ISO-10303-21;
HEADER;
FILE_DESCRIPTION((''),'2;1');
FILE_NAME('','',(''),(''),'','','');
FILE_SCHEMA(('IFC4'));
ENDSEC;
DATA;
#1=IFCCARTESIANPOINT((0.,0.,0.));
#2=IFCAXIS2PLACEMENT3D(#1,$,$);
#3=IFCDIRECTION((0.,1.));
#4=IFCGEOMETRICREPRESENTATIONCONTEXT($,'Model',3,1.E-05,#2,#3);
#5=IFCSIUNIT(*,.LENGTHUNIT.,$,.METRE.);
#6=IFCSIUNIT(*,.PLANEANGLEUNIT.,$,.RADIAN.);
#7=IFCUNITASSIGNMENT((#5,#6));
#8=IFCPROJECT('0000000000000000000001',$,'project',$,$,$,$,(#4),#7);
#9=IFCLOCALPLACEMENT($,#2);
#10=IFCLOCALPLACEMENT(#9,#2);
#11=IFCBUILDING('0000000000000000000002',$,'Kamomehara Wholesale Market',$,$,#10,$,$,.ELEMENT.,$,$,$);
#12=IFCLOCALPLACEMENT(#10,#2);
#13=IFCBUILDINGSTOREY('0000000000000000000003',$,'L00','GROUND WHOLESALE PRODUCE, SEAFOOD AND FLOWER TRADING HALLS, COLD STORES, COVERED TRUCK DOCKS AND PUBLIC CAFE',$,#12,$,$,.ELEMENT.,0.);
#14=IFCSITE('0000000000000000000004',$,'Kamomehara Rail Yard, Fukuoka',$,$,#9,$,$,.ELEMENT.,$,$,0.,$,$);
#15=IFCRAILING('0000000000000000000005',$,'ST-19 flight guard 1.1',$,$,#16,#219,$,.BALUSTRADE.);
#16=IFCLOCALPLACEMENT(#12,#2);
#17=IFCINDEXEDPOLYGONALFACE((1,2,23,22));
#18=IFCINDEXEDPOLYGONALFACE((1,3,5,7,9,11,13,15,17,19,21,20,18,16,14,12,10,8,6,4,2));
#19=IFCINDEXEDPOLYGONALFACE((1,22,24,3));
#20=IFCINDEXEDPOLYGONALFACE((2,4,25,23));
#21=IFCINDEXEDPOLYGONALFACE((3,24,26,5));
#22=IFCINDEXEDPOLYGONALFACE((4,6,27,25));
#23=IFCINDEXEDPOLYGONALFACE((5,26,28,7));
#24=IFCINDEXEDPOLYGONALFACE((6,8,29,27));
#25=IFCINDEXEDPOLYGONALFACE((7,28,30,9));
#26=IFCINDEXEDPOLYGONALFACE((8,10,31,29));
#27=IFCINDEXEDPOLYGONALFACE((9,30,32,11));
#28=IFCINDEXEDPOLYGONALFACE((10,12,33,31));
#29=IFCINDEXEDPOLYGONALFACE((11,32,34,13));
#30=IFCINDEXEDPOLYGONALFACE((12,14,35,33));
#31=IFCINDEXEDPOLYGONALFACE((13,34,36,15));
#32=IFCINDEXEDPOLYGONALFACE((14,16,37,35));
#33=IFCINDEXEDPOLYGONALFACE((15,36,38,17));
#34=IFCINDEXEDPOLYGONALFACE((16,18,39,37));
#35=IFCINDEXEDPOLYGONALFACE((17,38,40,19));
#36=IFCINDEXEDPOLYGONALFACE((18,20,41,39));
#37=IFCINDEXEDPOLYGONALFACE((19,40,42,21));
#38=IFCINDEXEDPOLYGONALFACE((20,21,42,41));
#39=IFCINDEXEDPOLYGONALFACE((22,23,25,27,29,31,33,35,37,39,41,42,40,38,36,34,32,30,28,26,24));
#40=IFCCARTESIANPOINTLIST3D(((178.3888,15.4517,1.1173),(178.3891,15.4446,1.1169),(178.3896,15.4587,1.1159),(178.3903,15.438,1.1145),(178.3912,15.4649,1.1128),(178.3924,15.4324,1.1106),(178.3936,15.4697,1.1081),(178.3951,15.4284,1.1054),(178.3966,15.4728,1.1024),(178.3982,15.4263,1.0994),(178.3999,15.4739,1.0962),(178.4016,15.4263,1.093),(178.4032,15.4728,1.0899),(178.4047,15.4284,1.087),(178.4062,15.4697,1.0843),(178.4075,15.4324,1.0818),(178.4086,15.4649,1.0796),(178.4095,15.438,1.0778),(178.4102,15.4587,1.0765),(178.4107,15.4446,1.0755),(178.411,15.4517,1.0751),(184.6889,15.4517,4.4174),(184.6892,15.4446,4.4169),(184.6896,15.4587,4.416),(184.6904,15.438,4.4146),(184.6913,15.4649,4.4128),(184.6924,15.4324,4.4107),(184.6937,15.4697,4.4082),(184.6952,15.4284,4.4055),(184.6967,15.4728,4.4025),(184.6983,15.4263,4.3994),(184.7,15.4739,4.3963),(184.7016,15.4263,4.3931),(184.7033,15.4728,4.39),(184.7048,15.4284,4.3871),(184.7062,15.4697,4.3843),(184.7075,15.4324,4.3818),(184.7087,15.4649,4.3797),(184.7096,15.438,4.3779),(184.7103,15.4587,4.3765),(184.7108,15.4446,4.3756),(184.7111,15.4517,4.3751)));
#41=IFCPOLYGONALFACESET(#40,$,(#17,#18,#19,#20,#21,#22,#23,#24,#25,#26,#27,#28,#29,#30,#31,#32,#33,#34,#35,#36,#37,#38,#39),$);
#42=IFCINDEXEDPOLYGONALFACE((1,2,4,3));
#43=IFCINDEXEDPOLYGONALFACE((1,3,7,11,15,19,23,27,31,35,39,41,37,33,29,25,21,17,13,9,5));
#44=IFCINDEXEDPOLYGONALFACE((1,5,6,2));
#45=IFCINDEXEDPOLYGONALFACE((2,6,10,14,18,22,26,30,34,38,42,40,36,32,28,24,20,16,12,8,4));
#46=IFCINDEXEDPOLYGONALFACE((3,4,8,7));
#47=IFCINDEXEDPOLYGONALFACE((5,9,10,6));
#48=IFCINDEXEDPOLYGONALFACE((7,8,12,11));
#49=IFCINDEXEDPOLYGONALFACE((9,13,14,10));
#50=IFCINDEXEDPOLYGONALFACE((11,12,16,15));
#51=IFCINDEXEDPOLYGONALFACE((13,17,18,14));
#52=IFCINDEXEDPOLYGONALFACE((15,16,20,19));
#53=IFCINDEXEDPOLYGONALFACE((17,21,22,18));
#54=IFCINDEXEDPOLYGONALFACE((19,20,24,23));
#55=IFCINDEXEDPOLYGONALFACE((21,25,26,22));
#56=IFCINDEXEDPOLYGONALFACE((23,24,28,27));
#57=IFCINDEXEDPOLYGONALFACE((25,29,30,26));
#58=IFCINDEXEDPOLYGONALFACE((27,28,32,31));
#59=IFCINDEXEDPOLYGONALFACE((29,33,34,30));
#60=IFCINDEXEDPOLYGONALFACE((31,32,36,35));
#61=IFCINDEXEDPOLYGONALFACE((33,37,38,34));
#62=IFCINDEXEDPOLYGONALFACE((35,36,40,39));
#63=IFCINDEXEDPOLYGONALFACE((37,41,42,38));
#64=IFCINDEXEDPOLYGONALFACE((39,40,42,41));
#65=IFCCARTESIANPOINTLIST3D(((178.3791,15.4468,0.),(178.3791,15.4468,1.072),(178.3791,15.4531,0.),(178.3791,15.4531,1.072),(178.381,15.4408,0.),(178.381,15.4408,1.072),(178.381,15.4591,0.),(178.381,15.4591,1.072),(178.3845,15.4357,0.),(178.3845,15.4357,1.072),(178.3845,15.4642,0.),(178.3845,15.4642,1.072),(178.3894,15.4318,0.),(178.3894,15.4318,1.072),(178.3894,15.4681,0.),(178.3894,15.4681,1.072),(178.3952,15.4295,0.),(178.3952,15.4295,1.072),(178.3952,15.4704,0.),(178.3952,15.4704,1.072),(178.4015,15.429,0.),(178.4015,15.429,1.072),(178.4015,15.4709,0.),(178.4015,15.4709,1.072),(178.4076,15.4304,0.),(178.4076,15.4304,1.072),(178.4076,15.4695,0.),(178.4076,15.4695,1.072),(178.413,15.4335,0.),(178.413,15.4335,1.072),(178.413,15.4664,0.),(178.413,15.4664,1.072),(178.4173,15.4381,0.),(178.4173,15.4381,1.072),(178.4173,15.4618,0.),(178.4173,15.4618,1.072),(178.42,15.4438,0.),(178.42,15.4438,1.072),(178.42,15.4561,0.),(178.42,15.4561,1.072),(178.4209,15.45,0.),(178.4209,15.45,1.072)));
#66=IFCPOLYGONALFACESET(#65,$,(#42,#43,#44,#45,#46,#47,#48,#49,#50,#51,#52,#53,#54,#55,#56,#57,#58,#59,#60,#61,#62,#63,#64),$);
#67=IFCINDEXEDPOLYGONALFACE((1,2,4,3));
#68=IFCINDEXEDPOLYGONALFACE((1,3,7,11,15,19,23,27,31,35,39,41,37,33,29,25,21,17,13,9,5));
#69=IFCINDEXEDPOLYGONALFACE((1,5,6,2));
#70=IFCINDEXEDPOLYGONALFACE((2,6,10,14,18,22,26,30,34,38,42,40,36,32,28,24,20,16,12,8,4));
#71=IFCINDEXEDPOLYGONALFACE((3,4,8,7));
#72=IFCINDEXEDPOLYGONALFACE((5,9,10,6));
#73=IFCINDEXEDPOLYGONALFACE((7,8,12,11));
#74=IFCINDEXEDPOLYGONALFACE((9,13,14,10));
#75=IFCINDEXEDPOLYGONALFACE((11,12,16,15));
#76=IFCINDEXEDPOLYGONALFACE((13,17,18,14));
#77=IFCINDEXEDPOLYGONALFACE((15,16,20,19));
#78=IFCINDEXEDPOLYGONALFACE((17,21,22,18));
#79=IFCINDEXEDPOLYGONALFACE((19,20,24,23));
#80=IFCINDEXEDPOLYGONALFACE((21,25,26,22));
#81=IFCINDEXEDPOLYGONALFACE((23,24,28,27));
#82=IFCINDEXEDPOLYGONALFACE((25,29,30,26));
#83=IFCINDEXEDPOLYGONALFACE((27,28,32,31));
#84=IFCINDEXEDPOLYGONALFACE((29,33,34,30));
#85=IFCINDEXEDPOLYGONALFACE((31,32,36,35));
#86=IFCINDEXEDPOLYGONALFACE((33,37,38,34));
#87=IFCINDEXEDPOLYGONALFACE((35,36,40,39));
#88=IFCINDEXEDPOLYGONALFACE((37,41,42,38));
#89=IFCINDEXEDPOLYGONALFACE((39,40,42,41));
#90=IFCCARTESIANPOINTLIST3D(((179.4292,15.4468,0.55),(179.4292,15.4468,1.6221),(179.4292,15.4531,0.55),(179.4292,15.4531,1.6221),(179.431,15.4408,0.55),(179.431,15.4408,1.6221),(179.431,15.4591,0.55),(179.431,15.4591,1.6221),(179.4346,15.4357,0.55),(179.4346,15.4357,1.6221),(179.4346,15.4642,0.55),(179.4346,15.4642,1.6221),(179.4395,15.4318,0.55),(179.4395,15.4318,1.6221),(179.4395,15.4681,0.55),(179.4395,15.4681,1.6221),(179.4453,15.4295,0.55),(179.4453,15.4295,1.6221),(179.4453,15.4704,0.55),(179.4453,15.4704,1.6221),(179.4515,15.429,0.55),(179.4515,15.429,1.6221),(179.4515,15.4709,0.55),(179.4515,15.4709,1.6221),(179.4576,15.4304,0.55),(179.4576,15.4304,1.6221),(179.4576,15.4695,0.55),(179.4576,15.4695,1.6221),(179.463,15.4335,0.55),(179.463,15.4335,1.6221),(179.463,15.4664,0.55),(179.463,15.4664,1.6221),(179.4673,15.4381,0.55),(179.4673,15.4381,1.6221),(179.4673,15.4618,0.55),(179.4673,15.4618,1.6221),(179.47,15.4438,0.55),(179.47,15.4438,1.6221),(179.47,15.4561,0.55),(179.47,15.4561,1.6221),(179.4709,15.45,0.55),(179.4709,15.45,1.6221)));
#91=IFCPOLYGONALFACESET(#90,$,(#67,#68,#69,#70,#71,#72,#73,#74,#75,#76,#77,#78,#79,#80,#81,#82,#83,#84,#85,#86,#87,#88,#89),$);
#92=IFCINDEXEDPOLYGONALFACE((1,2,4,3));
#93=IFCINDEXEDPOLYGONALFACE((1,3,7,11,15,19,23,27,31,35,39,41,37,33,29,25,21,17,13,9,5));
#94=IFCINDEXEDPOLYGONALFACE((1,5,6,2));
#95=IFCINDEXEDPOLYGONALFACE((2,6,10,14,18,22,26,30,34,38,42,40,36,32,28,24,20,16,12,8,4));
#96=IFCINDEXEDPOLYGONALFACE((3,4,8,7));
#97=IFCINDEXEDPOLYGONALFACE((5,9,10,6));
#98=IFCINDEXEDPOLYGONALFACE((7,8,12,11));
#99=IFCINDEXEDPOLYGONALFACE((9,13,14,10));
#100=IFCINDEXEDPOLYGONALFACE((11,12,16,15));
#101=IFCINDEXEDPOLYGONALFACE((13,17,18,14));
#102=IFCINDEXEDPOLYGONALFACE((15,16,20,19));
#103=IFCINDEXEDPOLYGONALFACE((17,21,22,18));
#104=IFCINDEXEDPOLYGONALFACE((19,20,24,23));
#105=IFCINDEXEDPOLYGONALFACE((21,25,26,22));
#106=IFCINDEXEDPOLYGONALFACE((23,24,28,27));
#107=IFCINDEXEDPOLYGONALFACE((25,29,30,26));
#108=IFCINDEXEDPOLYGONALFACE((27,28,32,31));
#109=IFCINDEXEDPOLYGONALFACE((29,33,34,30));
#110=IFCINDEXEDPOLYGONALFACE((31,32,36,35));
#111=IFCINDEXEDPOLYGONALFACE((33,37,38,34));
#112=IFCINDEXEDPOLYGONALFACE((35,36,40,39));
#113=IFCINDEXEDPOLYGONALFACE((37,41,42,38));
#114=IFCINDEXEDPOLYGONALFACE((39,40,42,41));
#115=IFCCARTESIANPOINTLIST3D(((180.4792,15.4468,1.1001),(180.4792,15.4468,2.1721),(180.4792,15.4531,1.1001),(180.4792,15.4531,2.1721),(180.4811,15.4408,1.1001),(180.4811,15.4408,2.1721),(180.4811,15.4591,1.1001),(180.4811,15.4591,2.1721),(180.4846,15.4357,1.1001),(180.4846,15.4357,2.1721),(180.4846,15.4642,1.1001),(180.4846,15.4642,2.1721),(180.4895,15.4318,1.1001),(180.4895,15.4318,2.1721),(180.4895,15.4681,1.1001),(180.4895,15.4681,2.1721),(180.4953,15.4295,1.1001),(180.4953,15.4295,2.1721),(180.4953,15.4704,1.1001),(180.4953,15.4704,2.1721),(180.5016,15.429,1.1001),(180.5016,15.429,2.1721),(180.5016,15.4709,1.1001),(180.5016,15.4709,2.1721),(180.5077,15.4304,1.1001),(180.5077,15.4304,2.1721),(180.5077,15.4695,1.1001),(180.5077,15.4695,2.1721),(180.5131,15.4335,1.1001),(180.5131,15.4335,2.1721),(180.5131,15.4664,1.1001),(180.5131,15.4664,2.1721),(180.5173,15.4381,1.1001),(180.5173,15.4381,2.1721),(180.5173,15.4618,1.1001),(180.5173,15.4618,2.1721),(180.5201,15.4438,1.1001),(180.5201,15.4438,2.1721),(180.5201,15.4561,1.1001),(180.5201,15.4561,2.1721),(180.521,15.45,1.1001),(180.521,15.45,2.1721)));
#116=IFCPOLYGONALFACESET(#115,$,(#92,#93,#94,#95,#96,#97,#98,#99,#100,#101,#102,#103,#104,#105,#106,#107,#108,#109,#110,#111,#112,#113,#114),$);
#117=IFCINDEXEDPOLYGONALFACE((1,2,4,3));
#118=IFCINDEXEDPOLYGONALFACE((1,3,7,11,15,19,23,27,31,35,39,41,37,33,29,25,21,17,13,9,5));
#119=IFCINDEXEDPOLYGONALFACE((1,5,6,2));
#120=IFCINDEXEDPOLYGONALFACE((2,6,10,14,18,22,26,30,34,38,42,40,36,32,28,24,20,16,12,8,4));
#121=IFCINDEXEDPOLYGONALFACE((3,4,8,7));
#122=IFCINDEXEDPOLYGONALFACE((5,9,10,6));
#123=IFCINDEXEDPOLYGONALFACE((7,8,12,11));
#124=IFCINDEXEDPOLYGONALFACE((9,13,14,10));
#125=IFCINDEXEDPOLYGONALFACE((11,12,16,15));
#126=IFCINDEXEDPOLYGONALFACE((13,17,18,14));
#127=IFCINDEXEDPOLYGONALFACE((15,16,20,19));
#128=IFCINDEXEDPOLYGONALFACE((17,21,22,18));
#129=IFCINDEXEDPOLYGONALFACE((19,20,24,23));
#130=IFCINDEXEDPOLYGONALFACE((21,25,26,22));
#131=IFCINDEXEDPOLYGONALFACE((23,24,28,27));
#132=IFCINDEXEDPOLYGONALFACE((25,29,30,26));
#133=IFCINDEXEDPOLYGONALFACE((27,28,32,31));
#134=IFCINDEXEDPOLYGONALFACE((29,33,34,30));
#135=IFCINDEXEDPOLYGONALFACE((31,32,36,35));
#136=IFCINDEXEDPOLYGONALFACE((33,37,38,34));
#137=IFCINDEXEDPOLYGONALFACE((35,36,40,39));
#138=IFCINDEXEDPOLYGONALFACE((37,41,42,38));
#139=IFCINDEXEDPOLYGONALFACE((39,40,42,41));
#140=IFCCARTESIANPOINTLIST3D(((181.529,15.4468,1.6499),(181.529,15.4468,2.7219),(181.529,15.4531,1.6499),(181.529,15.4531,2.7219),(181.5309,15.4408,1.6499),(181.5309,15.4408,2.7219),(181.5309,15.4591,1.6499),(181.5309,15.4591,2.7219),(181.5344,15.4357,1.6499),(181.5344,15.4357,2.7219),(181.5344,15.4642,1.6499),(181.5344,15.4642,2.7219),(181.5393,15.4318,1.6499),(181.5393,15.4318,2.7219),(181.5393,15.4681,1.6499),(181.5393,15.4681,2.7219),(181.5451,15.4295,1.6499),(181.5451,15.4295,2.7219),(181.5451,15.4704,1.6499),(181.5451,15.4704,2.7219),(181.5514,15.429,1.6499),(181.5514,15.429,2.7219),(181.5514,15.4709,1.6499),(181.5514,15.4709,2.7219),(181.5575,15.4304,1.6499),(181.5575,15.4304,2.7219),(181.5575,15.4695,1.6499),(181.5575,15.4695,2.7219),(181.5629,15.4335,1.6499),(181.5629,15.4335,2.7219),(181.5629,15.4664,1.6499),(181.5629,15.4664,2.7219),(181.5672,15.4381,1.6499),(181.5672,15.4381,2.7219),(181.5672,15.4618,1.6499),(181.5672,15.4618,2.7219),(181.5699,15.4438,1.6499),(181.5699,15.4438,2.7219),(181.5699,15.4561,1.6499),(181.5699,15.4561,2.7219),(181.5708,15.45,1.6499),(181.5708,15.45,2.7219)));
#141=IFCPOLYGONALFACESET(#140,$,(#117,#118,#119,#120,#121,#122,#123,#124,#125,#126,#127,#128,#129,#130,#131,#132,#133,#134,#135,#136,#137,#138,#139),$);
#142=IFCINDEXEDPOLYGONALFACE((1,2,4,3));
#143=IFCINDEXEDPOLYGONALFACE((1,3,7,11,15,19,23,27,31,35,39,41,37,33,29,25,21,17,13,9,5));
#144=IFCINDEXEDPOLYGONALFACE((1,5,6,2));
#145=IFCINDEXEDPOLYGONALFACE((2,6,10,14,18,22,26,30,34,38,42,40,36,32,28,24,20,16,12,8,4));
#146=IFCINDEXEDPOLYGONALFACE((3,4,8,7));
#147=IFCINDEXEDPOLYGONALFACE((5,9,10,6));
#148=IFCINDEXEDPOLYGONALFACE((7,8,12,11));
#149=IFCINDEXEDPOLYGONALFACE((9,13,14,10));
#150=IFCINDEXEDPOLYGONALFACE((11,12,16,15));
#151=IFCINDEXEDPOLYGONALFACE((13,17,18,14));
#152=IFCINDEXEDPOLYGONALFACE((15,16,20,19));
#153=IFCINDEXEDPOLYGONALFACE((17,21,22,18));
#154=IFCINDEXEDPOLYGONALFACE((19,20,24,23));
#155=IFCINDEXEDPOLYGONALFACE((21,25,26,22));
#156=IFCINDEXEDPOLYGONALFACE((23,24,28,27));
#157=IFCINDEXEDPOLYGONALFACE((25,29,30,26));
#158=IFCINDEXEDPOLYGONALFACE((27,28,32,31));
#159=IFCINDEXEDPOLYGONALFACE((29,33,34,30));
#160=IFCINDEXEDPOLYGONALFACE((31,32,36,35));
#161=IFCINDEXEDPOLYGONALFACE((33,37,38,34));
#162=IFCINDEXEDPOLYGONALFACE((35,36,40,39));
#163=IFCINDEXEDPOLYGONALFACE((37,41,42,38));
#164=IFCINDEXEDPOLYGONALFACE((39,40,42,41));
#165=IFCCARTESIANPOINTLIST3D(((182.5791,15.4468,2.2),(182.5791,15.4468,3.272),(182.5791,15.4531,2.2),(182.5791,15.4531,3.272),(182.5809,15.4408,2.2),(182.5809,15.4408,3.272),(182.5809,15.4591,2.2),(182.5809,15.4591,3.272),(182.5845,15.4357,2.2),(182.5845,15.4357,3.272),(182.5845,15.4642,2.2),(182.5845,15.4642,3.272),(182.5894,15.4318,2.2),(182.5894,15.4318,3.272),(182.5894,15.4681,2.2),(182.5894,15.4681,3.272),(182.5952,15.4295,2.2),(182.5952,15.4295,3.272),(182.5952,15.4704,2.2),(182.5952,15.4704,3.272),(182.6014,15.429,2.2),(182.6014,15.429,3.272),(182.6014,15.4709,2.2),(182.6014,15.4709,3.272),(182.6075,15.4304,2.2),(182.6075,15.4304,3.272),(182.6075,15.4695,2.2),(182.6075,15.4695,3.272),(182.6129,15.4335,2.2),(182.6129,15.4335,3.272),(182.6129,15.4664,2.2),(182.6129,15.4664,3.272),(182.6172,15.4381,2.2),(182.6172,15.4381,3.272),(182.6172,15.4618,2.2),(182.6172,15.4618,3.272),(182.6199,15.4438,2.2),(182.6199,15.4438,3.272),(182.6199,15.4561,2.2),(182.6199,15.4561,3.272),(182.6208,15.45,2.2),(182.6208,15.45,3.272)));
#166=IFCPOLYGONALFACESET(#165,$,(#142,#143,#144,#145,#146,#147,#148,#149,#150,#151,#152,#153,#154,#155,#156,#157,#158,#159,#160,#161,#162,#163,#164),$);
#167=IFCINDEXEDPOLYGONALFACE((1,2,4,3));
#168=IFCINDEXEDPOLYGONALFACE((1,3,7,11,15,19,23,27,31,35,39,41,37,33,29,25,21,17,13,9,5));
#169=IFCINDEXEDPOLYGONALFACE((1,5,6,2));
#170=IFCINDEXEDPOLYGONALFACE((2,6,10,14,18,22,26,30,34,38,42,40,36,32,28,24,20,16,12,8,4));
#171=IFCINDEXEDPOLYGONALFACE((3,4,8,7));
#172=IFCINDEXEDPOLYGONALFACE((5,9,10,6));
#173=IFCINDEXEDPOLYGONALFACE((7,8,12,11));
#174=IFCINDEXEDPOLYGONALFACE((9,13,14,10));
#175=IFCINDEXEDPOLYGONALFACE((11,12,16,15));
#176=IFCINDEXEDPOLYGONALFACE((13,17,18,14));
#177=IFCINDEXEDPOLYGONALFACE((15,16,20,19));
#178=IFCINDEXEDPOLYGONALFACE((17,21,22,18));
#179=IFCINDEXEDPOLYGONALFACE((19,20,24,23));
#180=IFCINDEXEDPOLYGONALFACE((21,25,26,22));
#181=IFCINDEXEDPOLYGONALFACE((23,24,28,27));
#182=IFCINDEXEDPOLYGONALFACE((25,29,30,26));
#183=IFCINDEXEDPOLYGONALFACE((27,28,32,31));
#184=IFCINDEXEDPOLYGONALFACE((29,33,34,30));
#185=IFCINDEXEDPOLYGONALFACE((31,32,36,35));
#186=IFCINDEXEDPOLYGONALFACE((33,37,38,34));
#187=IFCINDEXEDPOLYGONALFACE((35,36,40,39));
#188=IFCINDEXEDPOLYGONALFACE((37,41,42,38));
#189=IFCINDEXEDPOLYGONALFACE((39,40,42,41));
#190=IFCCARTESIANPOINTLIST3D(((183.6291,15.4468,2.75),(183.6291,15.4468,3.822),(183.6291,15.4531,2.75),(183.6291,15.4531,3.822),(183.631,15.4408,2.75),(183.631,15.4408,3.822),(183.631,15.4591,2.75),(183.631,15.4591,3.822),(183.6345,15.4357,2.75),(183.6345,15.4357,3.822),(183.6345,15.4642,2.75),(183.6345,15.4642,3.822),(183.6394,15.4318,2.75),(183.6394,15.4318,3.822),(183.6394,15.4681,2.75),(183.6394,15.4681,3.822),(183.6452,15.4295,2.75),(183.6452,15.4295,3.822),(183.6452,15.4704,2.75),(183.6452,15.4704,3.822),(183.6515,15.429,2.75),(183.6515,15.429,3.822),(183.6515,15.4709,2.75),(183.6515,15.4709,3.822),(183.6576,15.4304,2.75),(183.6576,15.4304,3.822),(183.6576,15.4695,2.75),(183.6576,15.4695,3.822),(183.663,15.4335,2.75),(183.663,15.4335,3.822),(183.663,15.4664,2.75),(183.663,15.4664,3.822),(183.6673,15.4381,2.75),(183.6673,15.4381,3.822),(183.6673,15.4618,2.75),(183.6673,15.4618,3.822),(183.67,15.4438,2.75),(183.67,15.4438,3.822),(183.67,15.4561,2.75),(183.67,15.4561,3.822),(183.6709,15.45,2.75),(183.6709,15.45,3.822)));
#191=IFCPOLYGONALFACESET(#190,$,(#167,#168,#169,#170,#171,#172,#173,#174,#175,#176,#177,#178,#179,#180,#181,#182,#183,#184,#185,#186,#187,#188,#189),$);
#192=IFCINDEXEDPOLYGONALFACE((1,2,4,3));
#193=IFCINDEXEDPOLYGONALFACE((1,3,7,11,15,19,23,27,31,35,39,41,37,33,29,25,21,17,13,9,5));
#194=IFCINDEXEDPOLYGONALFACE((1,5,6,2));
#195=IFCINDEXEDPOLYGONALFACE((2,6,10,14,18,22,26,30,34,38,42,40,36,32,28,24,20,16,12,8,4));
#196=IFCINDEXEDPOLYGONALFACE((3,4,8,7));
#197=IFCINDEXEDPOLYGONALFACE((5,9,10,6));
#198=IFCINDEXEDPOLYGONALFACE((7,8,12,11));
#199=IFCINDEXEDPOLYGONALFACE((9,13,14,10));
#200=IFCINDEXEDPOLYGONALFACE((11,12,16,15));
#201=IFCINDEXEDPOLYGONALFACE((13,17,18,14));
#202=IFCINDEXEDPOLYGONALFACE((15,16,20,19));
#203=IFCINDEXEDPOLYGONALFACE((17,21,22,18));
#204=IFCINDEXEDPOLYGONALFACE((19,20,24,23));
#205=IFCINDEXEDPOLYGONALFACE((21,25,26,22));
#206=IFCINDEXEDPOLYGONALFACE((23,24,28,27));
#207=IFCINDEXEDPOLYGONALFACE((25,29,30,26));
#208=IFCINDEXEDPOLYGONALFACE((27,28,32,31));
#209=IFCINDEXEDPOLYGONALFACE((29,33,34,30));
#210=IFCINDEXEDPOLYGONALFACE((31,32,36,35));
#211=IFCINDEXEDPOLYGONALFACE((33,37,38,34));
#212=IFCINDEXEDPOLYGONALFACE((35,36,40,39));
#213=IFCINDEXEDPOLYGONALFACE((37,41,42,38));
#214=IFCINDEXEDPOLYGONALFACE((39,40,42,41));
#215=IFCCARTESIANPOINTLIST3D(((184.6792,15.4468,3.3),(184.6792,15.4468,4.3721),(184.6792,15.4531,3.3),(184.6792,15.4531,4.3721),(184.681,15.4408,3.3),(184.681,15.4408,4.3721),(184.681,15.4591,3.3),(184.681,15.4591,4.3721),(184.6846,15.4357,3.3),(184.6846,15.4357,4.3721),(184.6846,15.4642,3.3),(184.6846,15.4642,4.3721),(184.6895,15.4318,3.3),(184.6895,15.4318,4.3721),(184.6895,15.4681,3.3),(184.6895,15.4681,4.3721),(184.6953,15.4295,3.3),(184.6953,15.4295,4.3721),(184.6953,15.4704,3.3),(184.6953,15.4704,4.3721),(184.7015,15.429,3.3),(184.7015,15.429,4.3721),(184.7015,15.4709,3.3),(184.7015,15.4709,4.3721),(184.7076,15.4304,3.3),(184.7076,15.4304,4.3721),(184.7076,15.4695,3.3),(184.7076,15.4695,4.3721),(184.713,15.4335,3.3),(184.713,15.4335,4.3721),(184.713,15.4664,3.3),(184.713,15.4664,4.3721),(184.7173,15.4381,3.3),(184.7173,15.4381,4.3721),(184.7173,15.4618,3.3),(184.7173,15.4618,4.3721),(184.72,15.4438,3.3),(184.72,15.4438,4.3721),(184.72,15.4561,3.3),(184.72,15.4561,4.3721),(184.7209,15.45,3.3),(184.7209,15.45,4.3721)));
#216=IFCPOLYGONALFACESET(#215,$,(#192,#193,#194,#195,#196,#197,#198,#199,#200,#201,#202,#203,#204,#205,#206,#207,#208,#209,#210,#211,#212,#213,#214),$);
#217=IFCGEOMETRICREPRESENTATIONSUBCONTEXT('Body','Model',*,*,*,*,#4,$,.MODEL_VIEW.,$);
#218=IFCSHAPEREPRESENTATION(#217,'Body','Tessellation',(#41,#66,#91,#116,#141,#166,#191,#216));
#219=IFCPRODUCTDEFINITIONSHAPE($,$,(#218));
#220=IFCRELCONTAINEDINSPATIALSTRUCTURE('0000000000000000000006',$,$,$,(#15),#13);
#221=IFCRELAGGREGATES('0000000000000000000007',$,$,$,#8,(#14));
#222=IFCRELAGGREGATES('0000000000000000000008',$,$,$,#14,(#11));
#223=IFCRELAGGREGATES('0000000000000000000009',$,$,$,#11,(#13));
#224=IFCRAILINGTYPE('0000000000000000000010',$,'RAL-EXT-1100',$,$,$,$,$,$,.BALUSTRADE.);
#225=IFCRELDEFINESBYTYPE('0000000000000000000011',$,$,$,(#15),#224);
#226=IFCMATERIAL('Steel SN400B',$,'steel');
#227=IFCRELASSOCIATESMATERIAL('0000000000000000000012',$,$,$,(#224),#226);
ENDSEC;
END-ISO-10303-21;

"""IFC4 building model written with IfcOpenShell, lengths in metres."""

from ifc_helpers import new_model, si_unit, direction, frame, origin, origin_2d, place, context, subcontext, project, spatial, circle, extrude, material, type_object, element, save


model = new_model("IFC4")

# Units and contexts
model_context = context("Model", 3, precision=1e-05, world=origin(), true_north=direction((0.0, 1.0)))
body_context = subcontext(model_context, "Body", "Model", "MODEL_VIEW")
ifc_project = project(units=[si_unit("LENGTHUNIT", "METRE"), si_unit("PLANEANGLEUNIT", "RADIAN")], contexts=[model_context])

# Site, building, storey
site_placement = place(None, origin())
site = spatial("IfcSite", under=ifc_project, at=site_placement, Name="Kamomehara Rail Yard, Fukuoka", CompositionType="ELEMENT", RefElevation=0.0)
building_placement = place(site_placement, origin())
building = spatial("IfcBuilding", under=site, at=building_placement, Name="Kamomehara Wholesale Market", CompositionType="ELEMENT")
storey_placement = place(building_placement, origin())
storey = spatial("IfcBuildingStorey", under=building, at=storey_placement, Name="L00", Description="GROUND WHOLESALE PRODUCE, SEAFOOD AND FLOWER TRADING HALLS, COLD STORES, COVERED TRUCK DOCKS AND PUBLIC CAFE", CompositionType="ELEMENT", Elevation=0.0)

# Railing
ifc_material_1 = material(Name="Steel SN400B", Category="steel")
railing_type_1 = type_object("IfcRailingType", Name="RAL-EXT-1100", PredefinedType="BALUSTRADE", material=ifc_material_1)
railing_1_placement = place(storey_placement, frame((178.3999, 15.45, 0.0)))
element("IfcRailing", 1, at=railing_1_placement, inside=storey, type_object=railing_type_1, Name="ST-19 flight guard 1.1", PredefinedType="BALUSTRADE", context=body_context, shape_type="SweptSolid", body=[
    extrude(circle(Radius=0.0239, at=origin_2d()), frame((0.0, 0.0, 1.0962), z_axis=(0.88583, 0.0, 0.46401), x_axis=(0.0, 1.0, 0.0)), (0.0, 0.0, 1.0), 7.1121),
    extrude(circle(Radius=0.021, at=origin_2d()), origin(), (0.0, 0.0, 1.0), 1.072),
    extrude(circle(Radius=0.021, at=origin_2d()), frame((1.05, 0.0, 0.55)), (0.0, 0.0, 1.0), 1.072),
    extrude(circle(Radius=0.021, at=origin_2d()), frame((2.1001, 0.0, 1.1001)), (0.0, 0.0, 1.0), 1.072),
    extrude(circle(Radius=0.021, at=origin_2d()), frame((3.1499, 0.0, 1.6499)), (0.0, 0.0, 1.0), 1.072),
    extrude(circle(Radius=0.021, at=origin_2d()), frame((4.2, 0.0, 2.2)), (0.0, 0.0, 1.0), 1.072),
    extrude(circle(Radius=0.021, at=origin_2d()), frame((5.25, 0.0, 2.75)), (0.0, 0.0, 1.0), 1.072),
    extrude(circle(Radius=0.021, at=origin_2d()), frame((6.3, 0.0, 3.3)), (0.0, 0.0, 1.0), 1.072),
])

save(model, "model.ifc")
